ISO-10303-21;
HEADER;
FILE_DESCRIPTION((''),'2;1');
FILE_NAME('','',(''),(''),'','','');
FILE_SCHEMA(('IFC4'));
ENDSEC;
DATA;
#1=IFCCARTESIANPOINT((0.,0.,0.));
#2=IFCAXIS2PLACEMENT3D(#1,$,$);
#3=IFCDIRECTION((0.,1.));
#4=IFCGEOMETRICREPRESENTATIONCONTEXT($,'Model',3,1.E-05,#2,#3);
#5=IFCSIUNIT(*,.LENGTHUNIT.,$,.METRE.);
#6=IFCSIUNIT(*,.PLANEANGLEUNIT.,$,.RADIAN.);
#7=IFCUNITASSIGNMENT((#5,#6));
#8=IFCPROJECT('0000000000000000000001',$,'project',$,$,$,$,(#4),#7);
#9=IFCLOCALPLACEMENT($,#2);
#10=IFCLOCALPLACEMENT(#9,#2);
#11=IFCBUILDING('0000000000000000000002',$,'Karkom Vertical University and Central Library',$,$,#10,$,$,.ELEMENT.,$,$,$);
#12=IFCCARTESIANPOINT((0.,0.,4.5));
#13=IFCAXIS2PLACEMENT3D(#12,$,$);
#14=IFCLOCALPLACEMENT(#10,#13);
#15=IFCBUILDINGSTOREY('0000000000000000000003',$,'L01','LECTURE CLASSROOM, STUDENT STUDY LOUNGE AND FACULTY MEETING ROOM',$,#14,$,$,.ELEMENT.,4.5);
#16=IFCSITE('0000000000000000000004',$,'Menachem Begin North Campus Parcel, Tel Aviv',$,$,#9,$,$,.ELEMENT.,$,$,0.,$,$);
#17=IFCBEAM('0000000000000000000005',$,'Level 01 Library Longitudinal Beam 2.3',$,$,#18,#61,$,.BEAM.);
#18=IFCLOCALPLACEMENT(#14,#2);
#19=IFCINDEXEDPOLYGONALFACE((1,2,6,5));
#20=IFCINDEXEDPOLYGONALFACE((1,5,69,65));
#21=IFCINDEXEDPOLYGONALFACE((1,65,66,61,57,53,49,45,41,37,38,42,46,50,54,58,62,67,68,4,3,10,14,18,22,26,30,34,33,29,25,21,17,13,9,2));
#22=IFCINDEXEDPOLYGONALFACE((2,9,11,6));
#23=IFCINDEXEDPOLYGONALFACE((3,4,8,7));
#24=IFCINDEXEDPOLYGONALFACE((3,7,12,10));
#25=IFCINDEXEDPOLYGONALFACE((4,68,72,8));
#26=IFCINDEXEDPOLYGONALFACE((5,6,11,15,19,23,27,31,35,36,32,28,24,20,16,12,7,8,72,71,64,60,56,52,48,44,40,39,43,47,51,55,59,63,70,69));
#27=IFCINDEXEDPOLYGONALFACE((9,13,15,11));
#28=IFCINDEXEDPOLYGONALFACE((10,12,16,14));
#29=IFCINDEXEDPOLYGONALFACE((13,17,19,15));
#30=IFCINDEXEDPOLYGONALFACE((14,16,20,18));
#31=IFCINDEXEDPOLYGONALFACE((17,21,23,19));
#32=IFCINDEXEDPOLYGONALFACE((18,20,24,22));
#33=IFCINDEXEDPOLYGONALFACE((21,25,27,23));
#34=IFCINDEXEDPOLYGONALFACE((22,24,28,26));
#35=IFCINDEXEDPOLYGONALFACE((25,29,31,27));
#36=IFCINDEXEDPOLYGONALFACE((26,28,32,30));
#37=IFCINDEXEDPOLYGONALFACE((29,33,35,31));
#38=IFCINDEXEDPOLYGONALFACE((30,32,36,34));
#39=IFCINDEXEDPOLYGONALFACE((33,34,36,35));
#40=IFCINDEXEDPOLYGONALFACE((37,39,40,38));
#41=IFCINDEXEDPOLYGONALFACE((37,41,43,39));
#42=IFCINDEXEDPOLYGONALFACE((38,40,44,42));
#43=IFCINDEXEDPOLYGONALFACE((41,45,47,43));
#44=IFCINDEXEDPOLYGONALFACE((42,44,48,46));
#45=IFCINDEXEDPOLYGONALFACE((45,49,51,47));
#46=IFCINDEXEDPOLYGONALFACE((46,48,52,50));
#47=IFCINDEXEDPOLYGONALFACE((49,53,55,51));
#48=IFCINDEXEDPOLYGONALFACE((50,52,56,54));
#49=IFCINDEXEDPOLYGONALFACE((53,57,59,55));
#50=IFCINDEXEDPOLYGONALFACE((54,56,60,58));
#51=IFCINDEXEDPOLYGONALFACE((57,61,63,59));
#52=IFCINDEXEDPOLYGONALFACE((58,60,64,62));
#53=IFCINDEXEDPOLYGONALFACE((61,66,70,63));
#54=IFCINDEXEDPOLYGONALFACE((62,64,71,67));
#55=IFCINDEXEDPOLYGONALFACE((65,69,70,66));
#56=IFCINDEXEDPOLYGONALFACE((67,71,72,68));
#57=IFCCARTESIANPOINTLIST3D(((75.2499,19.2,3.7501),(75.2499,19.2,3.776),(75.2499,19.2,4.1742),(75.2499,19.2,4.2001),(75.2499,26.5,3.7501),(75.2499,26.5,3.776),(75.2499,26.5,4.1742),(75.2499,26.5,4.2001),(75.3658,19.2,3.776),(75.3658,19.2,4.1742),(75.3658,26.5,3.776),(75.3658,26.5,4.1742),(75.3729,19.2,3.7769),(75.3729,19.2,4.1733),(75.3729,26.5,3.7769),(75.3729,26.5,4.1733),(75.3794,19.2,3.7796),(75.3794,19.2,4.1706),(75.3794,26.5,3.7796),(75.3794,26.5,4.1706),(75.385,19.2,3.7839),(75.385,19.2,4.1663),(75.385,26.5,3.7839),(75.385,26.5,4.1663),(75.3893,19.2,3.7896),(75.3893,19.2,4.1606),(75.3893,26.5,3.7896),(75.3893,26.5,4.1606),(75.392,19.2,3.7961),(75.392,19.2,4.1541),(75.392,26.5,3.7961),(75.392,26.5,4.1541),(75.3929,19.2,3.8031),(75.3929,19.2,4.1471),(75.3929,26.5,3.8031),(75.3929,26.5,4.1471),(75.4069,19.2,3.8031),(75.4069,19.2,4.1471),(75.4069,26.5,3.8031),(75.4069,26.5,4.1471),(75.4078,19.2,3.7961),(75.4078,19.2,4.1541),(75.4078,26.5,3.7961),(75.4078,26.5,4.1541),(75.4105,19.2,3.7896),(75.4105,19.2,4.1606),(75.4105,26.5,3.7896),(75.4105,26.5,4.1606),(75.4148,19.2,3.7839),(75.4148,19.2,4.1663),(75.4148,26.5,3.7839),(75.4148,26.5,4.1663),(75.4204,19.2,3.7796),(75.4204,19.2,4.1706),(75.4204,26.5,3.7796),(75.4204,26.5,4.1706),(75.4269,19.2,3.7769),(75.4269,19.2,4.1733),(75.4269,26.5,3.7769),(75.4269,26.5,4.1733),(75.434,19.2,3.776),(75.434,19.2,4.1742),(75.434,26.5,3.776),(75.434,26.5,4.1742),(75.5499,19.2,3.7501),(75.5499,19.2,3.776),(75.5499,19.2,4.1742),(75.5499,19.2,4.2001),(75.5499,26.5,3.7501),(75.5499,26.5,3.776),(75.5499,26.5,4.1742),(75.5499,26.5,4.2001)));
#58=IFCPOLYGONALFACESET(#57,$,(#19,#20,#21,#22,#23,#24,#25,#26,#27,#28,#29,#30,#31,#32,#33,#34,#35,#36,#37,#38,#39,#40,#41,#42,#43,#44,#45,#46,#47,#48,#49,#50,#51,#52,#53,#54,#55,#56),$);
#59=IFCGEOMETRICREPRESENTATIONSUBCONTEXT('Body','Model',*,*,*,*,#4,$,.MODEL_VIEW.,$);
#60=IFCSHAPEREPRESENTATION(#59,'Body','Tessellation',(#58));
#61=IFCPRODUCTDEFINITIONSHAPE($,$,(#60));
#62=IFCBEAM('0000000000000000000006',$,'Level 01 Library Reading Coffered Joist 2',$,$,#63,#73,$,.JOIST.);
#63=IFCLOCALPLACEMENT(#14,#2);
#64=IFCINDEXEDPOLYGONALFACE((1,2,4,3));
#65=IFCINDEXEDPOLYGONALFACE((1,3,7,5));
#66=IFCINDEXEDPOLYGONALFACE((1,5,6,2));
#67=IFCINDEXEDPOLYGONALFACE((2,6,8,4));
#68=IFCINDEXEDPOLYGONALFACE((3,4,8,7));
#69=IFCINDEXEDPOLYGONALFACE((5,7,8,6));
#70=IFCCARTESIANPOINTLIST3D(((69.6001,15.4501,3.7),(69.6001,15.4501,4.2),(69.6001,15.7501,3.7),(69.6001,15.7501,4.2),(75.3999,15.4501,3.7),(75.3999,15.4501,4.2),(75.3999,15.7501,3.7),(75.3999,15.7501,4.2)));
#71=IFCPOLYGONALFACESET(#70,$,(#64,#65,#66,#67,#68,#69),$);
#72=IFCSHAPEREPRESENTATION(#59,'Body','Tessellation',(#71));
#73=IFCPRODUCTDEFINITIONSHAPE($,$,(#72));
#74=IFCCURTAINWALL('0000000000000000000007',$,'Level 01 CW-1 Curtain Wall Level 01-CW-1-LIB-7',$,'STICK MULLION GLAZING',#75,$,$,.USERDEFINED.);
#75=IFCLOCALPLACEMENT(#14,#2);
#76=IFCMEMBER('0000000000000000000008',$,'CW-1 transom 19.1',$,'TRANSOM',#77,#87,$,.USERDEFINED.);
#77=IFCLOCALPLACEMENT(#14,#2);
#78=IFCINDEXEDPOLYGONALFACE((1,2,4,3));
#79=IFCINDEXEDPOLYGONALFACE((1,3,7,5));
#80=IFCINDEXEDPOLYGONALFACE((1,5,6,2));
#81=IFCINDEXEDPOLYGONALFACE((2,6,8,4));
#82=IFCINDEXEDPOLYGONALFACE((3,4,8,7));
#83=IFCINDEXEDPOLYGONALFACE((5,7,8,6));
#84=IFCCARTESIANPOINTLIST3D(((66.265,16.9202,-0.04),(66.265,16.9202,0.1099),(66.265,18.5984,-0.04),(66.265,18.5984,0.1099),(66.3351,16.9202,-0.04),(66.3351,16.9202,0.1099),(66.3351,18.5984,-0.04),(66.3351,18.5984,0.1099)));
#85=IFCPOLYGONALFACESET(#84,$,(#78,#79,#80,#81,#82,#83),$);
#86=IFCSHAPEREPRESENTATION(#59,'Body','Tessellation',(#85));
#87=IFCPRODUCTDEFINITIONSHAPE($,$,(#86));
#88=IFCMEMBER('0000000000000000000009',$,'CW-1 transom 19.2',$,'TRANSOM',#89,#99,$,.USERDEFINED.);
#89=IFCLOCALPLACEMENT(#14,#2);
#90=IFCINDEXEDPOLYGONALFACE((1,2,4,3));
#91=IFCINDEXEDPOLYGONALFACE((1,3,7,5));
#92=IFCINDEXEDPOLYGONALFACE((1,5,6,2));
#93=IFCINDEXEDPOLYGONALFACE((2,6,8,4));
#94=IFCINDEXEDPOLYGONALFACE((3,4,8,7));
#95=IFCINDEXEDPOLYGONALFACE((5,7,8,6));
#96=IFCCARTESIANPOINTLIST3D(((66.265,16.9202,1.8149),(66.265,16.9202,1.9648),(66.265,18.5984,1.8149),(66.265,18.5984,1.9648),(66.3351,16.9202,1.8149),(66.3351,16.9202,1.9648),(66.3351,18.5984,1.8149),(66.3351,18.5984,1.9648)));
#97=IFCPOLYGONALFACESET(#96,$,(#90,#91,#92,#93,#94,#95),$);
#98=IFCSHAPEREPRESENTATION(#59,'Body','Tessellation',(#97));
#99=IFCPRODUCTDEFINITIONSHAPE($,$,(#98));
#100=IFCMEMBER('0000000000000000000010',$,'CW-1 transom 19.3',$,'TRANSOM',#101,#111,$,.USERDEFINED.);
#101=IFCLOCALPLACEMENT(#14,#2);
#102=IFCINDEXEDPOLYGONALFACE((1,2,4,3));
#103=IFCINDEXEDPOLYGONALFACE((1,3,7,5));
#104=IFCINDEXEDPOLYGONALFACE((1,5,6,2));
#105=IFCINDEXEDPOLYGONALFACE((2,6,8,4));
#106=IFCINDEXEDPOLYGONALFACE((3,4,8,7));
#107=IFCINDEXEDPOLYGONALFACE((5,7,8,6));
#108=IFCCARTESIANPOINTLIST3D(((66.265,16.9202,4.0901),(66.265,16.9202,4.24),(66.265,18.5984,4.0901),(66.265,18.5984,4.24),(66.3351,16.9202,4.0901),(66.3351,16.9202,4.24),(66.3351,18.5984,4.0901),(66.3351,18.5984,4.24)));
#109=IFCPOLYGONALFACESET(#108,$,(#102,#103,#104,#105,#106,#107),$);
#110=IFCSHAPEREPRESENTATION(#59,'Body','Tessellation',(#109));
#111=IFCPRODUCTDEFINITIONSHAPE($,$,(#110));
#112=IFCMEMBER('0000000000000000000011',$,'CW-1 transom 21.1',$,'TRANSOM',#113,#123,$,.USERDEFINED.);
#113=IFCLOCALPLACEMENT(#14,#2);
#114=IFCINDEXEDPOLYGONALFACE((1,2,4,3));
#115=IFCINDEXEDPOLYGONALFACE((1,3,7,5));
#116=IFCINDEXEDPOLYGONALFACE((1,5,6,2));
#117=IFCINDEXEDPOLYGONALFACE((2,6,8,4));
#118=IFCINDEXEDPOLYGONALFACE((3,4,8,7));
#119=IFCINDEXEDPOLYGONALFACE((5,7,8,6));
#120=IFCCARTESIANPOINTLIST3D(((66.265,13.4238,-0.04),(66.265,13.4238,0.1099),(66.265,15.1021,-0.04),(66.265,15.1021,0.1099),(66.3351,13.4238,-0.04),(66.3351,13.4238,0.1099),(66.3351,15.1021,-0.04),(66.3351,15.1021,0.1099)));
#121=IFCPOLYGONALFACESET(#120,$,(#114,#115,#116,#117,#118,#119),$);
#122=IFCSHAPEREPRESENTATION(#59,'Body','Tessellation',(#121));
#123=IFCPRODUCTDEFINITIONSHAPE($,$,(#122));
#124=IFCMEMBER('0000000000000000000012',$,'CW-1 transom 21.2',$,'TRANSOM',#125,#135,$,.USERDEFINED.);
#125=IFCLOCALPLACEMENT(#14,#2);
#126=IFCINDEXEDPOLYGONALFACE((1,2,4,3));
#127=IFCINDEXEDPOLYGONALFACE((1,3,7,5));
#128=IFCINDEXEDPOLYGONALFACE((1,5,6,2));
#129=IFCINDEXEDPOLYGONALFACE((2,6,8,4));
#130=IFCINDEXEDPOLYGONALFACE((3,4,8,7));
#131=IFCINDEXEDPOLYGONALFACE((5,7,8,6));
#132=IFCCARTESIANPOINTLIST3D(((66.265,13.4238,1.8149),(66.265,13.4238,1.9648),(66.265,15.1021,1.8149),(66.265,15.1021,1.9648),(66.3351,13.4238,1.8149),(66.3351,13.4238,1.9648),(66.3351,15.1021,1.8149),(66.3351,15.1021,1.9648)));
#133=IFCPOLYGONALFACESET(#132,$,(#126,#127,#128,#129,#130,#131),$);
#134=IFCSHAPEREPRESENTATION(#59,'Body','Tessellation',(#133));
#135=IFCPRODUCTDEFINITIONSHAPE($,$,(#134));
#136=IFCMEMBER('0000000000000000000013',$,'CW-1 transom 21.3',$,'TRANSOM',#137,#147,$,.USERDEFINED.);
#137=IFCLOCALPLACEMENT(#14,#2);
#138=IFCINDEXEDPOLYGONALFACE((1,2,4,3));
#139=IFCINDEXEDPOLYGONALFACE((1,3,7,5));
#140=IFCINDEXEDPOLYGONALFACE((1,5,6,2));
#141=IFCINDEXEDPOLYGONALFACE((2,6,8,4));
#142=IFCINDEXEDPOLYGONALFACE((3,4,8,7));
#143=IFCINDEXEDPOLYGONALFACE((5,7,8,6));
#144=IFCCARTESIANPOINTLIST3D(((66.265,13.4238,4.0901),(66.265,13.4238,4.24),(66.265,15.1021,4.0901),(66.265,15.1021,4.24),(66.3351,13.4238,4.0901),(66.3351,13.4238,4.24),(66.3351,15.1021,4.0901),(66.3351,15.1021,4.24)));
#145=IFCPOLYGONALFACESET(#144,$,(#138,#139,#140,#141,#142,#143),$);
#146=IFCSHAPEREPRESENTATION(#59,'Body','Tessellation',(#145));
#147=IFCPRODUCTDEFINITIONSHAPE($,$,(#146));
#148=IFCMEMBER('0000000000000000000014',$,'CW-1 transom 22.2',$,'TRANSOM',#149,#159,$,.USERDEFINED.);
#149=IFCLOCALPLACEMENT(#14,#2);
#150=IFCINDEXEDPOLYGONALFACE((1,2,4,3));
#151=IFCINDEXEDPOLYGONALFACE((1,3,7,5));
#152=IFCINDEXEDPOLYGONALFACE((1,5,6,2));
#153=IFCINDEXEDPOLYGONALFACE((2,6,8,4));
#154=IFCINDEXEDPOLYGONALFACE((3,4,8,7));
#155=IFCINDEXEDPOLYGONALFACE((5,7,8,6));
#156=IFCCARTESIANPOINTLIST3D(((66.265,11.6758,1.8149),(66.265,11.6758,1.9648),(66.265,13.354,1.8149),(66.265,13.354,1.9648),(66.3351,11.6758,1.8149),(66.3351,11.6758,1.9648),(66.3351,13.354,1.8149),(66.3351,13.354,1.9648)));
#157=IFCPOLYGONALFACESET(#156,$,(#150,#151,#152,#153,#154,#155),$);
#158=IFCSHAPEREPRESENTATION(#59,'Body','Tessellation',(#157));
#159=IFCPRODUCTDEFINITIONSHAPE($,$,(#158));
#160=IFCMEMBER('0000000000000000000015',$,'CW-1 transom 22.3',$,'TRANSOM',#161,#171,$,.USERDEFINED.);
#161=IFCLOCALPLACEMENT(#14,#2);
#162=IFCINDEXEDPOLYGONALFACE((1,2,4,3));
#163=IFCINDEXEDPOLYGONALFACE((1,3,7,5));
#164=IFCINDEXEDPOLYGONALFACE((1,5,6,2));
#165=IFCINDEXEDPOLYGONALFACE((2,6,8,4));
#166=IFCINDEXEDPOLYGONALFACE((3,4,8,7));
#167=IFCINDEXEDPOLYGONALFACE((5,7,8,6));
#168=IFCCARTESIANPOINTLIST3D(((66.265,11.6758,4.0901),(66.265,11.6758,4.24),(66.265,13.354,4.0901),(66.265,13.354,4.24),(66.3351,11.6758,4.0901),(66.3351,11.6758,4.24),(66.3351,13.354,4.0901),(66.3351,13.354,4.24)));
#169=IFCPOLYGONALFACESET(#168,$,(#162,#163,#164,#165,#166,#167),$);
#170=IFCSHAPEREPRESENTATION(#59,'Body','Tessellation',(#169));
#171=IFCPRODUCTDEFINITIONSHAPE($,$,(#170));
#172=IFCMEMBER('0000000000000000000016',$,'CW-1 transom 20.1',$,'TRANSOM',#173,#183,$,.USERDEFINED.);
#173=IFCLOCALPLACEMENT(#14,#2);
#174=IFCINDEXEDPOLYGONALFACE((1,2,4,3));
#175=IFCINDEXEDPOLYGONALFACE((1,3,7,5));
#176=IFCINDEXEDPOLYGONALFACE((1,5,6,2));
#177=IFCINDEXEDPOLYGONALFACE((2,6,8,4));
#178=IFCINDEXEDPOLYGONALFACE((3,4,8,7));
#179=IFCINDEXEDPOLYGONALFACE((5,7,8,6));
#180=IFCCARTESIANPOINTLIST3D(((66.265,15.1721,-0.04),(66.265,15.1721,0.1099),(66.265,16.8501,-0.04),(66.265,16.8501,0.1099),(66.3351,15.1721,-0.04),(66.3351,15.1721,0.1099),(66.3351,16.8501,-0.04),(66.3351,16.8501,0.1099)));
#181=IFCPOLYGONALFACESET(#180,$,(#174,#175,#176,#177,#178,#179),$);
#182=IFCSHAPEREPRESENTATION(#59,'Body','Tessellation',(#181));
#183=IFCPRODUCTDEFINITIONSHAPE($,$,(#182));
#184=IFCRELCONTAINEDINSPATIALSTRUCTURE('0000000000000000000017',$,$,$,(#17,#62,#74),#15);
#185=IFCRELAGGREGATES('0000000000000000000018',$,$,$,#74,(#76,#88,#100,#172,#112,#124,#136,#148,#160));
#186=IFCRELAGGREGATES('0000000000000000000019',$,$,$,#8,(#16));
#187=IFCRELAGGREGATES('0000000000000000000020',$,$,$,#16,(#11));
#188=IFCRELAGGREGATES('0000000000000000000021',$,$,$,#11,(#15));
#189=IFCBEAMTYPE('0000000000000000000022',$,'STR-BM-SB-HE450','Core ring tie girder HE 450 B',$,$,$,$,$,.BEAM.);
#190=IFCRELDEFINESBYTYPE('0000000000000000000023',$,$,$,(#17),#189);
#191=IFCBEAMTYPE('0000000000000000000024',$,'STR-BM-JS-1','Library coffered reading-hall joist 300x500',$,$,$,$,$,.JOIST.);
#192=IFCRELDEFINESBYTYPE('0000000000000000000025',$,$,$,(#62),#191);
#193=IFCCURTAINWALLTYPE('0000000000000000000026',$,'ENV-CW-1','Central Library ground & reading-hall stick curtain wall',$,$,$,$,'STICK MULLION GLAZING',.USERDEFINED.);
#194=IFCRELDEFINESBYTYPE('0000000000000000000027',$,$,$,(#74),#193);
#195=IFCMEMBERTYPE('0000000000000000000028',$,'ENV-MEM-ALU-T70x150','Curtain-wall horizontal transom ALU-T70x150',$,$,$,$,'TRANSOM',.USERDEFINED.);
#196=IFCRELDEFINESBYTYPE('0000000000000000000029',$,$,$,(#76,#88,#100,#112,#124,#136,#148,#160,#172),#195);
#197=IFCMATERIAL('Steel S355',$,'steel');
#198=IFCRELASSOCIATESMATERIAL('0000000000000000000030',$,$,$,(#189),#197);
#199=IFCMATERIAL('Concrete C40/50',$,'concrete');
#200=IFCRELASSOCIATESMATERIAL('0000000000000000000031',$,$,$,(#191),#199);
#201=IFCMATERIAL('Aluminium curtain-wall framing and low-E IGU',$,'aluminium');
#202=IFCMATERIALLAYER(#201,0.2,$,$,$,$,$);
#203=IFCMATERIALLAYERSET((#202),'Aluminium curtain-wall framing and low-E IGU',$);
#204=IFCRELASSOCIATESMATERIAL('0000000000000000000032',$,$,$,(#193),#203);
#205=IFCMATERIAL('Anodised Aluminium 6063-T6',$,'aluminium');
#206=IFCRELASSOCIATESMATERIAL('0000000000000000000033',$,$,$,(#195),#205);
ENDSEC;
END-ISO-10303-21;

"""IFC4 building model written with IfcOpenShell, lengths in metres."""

from ifc_helpers import new_model, si_unit, direction, frame, origin, origin_with_axes, origin_2d, place, context, subcontext, project, spatial, rectangle, i_section, extrude, source, transform, mapped, material, layer, layer_set, material_profile, profile_set, type_object, element, aggregate, save


model = new_model("IFC4")

# Units and contexts
model_context = context("Model", 3, precision=1e-05, world=origin(), true_north=direction((0.0, 1.0)))
body_context = subcontext(model_context, "Body", "Model", "MODEL_VIEW")
ifc_project = project(units=[si_unit("LENGTHUNIT", "METRE"), si_unit("PLANEANGLEUNIT", "RADIAN")], contexts=[model_context])

# Site, building, storey
site_placement = place(None, origin())
site = spatial("IfcSite", under=ifc_project, at=site_placement, Name="Menachem Begin North Campus Parcel, Tel Aviv", CompositionType="ELEMENT", RefElevation=0.0)
building_placement = place(site_placement, origin())
building = spatial("IfcBuilding", under=site, at=building_placement, Name="Karkom Vertical University and Central Library", CompositionType="ELEMENT")
storey_placement = place(building_placement, frame((0.0, 0.0, 4.5)))
storey = spatial("IfcBuildingStorey", under=building, at=storey_placement, Name="L01", Description="LECTURE CLASSROOM, STUDENT STUDY LOUNGE AND FACULTY MEETING ROOM", CompositionType="ELEMENT", Elevation=4.5)

# Shared definitions
ifc_material_1 = material(Name="Concrete C40/50", Category="concrete")

# Beams
ifc_material_2 = material(Name="Steel S355", Category="steel")
ifc_material_profile_1 = material_profile(ifc_material_2, i_section(OverallWidth=0.3, OverallDepth=0.45, WebThickness=0.0139, FlangeThickness=0.0259, FilletRadius=0.0271, at=origin_2d()), Name="HE 450 B")
ifc_profile_set_1 = profile_set([ifc_material_profile_1], Name="Steel S355")
beam_type_1 = type_object("IfcBeamType", Name="STR-BM-SB-HE450", Description="Core ring tie girder HE 450 B", PredefinedType="BEAM", material=ifc_profile_set_1)
shared_shape_1 = source(origin_with_axes(), body_context, "Body", "SweptSolid", [
    extrude(i_section(OverallWidth=0.3, OverallDepth=0.45, WebThickness=0.0139, FlangeThickness=0.0259, FilletRadius=0.0271, at=origin_2d()), origin(), (0.0, 0.0, 1.0), 7.3),
])
for number, where, z_axis, x_axis, name in (
    (1, (75.3999, 19.2, 3.9751), (0.0, 1.0, 0.0), (-1.0, 0.0, 0.0), "Level 01 Library Longitudinal Beam 2.3"),
):
    element("IfcBeam", number, at=place(storey_placement, frame(where, z_axis=z_axis, x_axis=x_axis)), inside=storey, type_object=beam_type_1, Name=name, PredefinedType="BEAM", context=body_context, shape_type="MappedRepresentation", body=[
        mapped(shared_shape_1, transform((0.0, 0.0, 0.0), scale=1.0)),
    ])
ifc_material_profile_2 = material_profile(ifc_material_1, rectangle(XDim=0.3, YDim=0.5, at=origin_2d()), Name="RCJ-300x500")
ifc_profile_set_2 = profile_set([ifc_material_profile_2], Name="Concrete C40/50")
beam_type_2 = type_object("IfcBeamType", Name="STR-BM-JS-1", Description="Library coffered reading-hall joist 300x500", PredefinedType="JOIST", material=ifc_profile_set_2)
shared_shape_2 = source(origin_with_axes(), body_context, "Body", "SweptSolid", [
    extrude(rectangle(XDim=0.3, YDim=0.5, at=origin_2d()), origin(), (0.0, 0.0, 1.0), 5.7998),
])
beam_1_placement = place(storey_placement, frame((69.6001, 15.6001, 3.95), z_axis=(1.0, 0.0, 0.0), x_axis=(0.0, 1.0, 0.0)))
element("IfcBeam", 2, at=beam_1_placement, inside=storey, type_object=beam_type_2, Name="Level 01 Library Reading Coffered Joist 2", PredefinedType="JOIST", context=body_context, shape_type="MappedRepresentation", body=[
    mapped(shared_shape_2, transform((0.0, 0.0, 0.0), scale=1.0)),
])

# Curtain wall, members
ifc_material_3 = material(Name="Aluminium curtain-wall framing and low-E IGU", Category="aluminium")
ifc_layer_1 = layer(ifc_material_3, 0.2)
ifc_layer_set_1 = layer_set([ifc_layer_1], Name="Aluminium curtain-wall framing and low-E IGU")
curtain_wall_type = type_object("IfcCurtainWallType", Name="ENV-CW-1", Description="Central Library ground & reading-hall stick curtain wall", ElementType="STICK MULLION GLAZING", PredefinedType="USERDEFINED", material=ifc_layer_set_1)
curtain_wall_placement = place(storey_placement, origin())
curtain_wall = element("IfcCurtainWall", 3, at=curtain_wall_placement, inside=storey, type_object=curtain_wall_type, Name="Level 01 CW-1 Curtain Wall Level 01-CW-1-LIB-7", ObjectType="STICK MULLION GLAZING", PredefinedType="USERDEFINED")
ifc_material_4 = material(Name="Anodised Aluminium 6063-T6", Category="aluminium")
ifc_material_profile_3 = material_profile(ifc_material_4, rectangle(XDim=0.0701, YDim=0.1499, at=origin_2d()), Name="ALU-T70x150")
ifc_profile_set_3 = profile_set([ifc_material_profile_3], Name="Anodised Aluminium 6063-T6")
member_type = type_object("IfcMemberType", Name="ENV-MEM-ALU-T70x150", Description="Curtain-wall horizontal transom ALU-T70x150", ElementType="TRANSOM", PredefinedType="USERDEFINED", material=ifc_profile_set_3)
shared_shape_3 = source(origin_with_axes(), body_context, "Body", "SweptSolid", [
    extrude(rectangle(XDim=0.0701, YDim=0.1499, at=origin_2d()), origin(), (0.0, 0.0, 1.0), 1.6782),
])
member_1_placement = place(storey_placement, frame((66.3, 18.5984, 0.0349), z_axis=(0.0, -1.0, 0.0), x_axis=(1.0, 0.0, 0.0)))
member_1 = element("IfcMember", 4, at=member_1_placement, type_object=member_type, Name="CW-1 transom 19.1", ObjectType="TRANSOM", PredefinedType="USERDEFINED", context=body_context, shape_type="MappedRepresentation", body=[
    mapped(shared_shape_3, transform((0.0, 0.0, 0.0), scale=1.0)),
])
member_2_placement = place(storey_placement, frame((66.3, 18.5984, 1.8899), z_axis=(0.0, -1.0, 0.0), x_axis=(1.0, 0.0, 0.0)))
member_2 = element("IfcMember", 5, at=member_2_placement, type_object=member_type, Name="CW-1 transom 19.2", ObjectType="TRANSOM", PredefinedType="USERDEFINED", context=body_context, shape_type="MappedRepresentation", body=[
    mapped(shared_shape_3, transform((0.0, 0.0, 0.0), scale=1.0)),
])
member_3_placement = place(storey_placement, frame((66.3, 18.5984, 4.165), z_axis=(0.0, -1.0, 0.0), x_axis=(1.0, 0.0, 0.0)))
member_3 = element("IfcMember", 6, at=member_3_placement, type_object=member_type, Name="CW-1 transom 19.3", ObjectType="TRANSOM", PredefinedType="USERDEFINED", context=body_context, shape_type="MappedRepresentation", body=[
    mapped(shared_shape_3, transform((0.0, 0.0, 0.0), scale=1.0)),
])
member_4_placement = place(storey_placement, frame((66.3, 15.1021, 0.0349), z_axis=(0.0, -1.0, 0.0), x_axis=(1.0, 0.0, 0.0)))
member_4 = element("IfcMember", 7, at=member_4_placement, type_object=member_type, Name="CW-1 transom 21.1", ObjectType="TRANSOM", PredefinedType="USERDEFINED", context=body_context, shape_type="MappedRepresentation", body=[
    mapped(shared_shape_3, transform((0.0, 0.0, 0.0), scale=1.0)),
])
member_5_placement = place(storey_placement, frame((66.3, 15.1021, 1.8899), z_axis=(0.0, -1.0, 0.0), x_axis=(1.0, 0.0, 0.0)))
member_5 = element("IfcMember", 8, at=member_5_placement, type_object=member_type, Name="CW-1 transom 21.2", ObjectType="TRANSOM", PredefinedType="USERDEFINED", context=body_context, shape_type="MappedRepresentation", body=[
    mapped(shared_shape_3, transform((0.0, 0.0, 0.0), scale=1.0)),
])
member_6_placement = place(storey_placement, frame((66.3, 15.1021, 4.165), z_axis=(0.0, -1.0, 0.0), x_axis=(1.0, 0.0, 0.0)))
member_6 = element("IfcMember", 9, at=member_6_placement, type_object=member_type, Name="CW-1 transom 21.3", ObjectType="TRANSOM", PredefinedType="USERDEFINED", context=body_context, shape_type="MappedRepresentation", body=[
    mapped(shared_shape_3, transform((0.0, 0.0, 0.0), scale=1.0)),
])
member_7_placement = place(storey_placement, frame((66.3, 13.354, 1.8899), z_axis=(0.0, -1.0, 0.0), x_axis=(1.0, 0.0, 0.0)))
member_7 = element("IfcMember", 10, at=member_7_placement, type_object=member_type, Name="CW-1 transom 22.2", ObjectType="TRANSOM", PredefinedType="USERDEFINED", context=body_context, shape_type="MappedRepresentation", body=[
    mapped(shared_shape_3, transform((0.0, 0.0, 0.0), scale=1.0)),
])
member_8_placement = place(storey_placement, frame((66.3, 13.354, 4.165), z_axis=(0.0, -1.0, 0.0), x_axis=(1.0, 0.0, 0.0)))
member_8 = element("IfcMember", 11, at=member_8_placement, type_object=member_type, Name="CW-1 transom 22.3", ObjectType="TRANSOM", PredefinedType="USERDEFINED", context=body_context, shape_type="MappedRepresentation", body=[
    mapped(shared_shape_3, transform((0.0, 0.0, 0.0), scale=1.0)),
])
shared_shape_4 = source(origin_with_axes(), body_context, "Body", "SweptSolid", [
    extrude(rectangle(XDim=0.0701, YDim=0.1499, at=origin_2d()), origin(), (0.0, 0.0, 1.0), 1.678),
])
member_9_placement = place(storey_placement, frame((66.3, 16.8501, 0.0349), z_axis=(0.0, -1.0, 0.0), x_axis=(1.0, 0.0, 0.0)))
member_9 = element("IfcMember", 12, at=member_9_placement, type_object=member_type, Name="CW-1 transom 20.1", ObjectType="TRANSOM", PredefinedType="USERDEFINED", context=body_context, shape_type="MappedRepresentation", body=[
    mapped(shared_shape_4, transform((0.0, 0.0, 0.0), scale=1.0)),
])
aggregate(curtain_wall, [member_1, member_2, member_3, member_9, member_4, member_5, member_6, member_7, member_8])

save(model, "model.ifc")
